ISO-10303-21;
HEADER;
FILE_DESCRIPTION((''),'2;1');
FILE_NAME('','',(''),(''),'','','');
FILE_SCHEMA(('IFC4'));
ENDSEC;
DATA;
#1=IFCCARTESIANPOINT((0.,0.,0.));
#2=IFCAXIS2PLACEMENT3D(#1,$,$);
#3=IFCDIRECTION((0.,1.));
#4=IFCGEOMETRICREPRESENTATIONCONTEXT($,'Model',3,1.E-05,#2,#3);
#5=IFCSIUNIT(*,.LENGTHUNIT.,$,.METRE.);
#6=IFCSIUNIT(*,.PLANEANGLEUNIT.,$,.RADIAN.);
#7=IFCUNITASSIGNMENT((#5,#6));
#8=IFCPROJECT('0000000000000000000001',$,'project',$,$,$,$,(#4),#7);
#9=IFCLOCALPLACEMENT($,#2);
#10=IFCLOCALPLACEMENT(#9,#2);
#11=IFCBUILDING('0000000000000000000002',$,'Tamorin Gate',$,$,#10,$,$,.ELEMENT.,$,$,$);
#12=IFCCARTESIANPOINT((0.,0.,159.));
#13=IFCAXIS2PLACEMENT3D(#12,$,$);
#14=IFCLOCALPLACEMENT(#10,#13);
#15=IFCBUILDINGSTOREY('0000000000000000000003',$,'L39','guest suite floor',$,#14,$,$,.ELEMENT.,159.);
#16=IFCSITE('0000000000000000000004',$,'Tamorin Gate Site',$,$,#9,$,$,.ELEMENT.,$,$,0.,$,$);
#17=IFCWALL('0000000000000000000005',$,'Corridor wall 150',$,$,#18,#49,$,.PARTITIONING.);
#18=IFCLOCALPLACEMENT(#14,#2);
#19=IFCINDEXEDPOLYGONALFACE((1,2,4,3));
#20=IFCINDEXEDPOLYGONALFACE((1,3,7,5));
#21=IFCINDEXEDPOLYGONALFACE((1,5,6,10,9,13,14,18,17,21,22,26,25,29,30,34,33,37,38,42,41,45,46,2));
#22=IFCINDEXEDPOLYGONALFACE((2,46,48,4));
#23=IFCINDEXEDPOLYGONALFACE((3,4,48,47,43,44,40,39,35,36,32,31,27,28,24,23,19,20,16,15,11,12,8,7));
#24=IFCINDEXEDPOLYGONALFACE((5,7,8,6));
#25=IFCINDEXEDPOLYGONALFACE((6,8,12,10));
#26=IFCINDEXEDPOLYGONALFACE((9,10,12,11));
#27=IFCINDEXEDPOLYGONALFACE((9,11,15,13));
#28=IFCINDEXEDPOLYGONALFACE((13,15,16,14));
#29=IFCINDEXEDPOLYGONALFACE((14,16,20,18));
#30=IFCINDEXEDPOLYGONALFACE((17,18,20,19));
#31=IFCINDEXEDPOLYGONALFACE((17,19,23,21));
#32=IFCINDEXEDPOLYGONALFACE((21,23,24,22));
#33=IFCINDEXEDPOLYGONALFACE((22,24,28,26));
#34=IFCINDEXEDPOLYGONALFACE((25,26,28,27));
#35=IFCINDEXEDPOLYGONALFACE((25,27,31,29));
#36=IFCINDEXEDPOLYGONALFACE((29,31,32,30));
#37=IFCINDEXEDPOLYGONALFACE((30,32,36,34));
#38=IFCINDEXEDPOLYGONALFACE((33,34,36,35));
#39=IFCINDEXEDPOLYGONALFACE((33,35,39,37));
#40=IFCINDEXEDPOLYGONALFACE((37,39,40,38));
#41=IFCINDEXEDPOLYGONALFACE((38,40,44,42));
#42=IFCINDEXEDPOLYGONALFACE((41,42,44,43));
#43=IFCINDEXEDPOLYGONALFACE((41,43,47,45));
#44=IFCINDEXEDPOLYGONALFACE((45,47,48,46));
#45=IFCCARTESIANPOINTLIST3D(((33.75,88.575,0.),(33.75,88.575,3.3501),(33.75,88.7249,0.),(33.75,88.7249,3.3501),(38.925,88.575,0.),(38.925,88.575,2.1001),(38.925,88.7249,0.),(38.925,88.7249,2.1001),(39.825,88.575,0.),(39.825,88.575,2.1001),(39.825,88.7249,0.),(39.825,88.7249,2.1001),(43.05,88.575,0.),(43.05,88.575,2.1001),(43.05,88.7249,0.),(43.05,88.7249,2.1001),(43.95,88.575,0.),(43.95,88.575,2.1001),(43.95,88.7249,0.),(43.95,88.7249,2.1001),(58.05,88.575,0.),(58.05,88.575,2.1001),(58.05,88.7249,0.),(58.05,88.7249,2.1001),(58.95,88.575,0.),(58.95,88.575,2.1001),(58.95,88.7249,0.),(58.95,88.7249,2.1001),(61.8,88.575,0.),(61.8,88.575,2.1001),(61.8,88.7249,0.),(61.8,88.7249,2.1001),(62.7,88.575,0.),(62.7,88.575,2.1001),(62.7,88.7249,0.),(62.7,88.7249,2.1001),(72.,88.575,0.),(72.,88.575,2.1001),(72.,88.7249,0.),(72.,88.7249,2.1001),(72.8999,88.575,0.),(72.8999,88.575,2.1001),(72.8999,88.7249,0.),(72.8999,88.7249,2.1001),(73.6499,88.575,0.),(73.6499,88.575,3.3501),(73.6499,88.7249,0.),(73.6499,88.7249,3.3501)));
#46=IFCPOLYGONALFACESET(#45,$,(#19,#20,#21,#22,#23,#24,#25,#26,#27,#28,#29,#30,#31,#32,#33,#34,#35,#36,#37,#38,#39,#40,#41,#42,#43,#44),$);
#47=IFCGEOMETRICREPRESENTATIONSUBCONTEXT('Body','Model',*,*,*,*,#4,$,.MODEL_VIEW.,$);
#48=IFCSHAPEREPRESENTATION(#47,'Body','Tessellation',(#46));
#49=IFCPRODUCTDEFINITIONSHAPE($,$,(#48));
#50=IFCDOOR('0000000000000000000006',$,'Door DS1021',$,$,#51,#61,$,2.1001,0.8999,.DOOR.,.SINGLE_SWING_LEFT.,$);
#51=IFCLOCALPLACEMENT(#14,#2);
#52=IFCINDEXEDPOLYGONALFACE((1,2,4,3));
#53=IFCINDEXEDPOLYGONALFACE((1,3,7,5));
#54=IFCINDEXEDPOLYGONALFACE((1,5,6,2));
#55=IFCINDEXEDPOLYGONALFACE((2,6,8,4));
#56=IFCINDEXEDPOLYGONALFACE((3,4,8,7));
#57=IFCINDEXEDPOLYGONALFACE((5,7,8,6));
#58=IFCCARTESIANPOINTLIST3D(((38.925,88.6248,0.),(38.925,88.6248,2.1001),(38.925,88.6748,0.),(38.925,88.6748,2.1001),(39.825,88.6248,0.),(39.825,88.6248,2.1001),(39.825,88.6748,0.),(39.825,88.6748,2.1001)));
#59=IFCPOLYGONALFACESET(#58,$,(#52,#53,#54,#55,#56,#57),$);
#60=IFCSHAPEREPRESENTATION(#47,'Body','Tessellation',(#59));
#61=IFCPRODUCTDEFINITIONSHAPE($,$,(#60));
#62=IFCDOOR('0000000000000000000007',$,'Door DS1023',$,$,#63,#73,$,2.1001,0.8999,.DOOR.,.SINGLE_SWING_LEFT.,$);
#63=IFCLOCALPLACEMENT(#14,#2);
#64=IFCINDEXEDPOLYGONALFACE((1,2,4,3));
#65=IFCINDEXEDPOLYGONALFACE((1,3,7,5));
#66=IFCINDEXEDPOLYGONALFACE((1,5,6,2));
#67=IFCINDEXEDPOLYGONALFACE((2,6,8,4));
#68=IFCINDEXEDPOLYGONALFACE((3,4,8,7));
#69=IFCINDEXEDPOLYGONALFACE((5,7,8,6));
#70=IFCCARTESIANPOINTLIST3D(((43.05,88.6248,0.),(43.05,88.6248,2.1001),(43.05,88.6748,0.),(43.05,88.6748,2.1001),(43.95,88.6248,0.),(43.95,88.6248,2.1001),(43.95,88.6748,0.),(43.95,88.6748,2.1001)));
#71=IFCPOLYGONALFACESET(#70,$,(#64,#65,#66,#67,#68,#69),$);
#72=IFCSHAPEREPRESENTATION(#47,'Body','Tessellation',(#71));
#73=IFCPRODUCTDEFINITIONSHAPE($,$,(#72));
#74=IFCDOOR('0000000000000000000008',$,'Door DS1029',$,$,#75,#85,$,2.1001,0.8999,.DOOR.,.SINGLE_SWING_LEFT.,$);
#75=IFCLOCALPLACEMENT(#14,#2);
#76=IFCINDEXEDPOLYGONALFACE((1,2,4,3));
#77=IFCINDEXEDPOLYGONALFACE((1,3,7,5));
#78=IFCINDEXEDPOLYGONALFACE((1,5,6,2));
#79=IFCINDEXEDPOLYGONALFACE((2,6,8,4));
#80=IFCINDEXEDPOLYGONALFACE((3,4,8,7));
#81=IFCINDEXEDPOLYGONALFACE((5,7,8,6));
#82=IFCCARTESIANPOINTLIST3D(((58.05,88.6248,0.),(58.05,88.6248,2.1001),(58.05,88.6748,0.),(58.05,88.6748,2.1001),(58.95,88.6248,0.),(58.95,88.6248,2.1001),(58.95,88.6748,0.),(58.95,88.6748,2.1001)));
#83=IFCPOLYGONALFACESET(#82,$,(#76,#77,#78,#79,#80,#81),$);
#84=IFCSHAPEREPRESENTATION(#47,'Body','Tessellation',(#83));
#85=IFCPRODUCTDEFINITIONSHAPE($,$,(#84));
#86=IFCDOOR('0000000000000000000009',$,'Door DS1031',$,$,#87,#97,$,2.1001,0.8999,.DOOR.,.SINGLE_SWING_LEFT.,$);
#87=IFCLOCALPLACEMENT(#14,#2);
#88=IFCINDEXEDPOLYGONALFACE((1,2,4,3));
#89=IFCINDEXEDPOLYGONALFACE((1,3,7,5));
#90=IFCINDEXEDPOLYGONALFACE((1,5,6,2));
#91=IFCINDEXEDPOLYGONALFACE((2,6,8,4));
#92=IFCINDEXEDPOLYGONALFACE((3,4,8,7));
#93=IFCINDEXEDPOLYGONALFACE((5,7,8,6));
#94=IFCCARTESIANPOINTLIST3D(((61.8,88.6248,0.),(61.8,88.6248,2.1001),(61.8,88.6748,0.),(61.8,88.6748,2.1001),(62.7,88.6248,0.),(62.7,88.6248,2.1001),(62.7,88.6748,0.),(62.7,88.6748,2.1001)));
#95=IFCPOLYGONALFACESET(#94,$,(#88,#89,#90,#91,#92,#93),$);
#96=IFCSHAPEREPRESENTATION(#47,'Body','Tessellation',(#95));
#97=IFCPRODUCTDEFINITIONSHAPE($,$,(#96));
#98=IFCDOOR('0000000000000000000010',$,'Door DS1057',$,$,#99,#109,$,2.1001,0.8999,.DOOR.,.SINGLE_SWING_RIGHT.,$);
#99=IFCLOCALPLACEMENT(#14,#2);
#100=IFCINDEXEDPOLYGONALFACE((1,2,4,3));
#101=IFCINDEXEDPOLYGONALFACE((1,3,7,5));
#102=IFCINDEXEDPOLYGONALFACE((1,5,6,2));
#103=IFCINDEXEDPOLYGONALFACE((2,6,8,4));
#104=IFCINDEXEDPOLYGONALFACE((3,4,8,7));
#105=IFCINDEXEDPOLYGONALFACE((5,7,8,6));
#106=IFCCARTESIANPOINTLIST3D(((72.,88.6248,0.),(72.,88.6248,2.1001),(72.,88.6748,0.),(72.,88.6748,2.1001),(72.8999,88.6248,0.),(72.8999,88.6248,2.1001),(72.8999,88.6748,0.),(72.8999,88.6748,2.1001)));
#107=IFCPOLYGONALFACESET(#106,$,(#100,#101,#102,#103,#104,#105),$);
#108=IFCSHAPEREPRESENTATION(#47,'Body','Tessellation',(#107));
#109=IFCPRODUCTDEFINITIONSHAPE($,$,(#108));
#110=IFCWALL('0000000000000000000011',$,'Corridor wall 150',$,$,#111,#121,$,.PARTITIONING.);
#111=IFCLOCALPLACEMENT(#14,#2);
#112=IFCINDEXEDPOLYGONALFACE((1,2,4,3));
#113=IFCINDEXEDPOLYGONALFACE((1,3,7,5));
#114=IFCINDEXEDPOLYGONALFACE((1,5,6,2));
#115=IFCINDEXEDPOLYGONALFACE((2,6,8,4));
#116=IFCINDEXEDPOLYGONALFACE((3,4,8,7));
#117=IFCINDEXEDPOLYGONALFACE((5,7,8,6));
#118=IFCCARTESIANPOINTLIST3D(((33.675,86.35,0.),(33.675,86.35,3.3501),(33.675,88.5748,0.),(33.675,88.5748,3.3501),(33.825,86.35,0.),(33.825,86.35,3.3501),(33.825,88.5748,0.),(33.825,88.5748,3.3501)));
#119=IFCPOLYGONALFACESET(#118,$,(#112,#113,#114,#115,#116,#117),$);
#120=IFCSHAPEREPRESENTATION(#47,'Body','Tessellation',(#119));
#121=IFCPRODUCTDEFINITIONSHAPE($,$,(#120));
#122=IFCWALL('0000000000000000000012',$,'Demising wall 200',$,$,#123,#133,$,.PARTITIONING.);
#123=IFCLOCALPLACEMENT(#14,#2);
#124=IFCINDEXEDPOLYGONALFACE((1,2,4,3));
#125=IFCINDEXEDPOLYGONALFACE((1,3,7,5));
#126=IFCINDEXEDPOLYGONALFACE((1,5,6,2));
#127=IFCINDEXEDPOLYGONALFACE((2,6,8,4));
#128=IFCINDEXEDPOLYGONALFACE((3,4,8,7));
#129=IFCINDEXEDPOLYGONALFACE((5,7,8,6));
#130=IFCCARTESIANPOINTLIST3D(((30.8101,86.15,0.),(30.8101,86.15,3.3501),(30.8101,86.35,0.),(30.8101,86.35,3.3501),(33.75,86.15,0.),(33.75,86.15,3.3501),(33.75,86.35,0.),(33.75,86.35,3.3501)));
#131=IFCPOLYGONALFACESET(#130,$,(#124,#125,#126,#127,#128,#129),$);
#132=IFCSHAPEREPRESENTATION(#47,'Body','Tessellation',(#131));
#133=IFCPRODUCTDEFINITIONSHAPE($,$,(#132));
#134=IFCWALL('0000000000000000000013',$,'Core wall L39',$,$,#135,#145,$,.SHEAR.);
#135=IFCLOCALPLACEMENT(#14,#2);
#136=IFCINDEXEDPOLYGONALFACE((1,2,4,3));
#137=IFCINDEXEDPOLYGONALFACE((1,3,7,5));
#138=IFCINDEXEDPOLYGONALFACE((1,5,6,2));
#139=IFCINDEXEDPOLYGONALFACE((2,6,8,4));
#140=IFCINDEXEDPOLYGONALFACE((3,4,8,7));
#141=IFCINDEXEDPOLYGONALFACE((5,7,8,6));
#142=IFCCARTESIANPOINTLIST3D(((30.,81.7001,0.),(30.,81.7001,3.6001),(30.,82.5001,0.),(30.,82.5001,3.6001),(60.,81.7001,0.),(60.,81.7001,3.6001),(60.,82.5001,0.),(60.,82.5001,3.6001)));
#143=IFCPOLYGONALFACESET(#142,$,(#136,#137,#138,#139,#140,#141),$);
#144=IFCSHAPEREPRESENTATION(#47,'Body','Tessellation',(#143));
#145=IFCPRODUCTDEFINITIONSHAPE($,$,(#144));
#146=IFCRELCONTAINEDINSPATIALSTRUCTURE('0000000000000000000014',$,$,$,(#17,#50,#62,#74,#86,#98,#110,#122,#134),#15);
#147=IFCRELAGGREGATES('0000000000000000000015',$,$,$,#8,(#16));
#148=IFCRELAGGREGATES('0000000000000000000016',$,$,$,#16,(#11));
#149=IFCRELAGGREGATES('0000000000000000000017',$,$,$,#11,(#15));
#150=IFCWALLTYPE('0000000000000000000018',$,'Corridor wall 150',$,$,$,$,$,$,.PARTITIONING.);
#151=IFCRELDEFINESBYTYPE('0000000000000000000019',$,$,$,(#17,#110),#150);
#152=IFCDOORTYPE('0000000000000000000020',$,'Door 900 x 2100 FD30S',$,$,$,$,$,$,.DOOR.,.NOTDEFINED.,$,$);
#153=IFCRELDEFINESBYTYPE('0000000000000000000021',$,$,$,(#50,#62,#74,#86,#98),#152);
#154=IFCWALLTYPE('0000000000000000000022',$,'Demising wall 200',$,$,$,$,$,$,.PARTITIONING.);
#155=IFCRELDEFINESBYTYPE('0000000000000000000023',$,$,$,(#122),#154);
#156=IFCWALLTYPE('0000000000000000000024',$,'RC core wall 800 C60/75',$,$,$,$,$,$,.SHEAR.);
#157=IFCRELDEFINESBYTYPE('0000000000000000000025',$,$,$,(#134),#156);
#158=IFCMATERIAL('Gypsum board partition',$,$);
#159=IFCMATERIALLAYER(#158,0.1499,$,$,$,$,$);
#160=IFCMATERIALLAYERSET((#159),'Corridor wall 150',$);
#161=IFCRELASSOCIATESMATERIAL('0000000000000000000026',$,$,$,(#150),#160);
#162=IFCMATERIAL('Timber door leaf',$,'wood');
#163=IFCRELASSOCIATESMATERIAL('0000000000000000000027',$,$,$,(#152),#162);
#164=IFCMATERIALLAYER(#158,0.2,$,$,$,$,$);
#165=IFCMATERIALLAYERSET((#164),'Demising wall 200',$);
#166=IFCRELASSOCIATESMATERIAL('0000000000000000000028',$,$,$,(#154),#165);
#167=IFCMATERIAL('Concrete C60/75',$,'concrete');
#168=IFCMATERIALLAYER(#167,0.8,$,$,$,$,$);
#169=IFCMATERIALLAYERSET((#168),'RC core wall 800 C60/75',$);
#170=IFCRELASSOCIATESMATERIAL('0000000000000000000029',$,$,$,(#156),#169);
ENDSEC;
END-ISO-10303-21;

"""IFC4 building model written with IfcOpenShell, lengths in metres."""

from ifc_helpers import new_model, si_unit, direction, frame, frame_2d, origin, place, context, subcontext, project, spatial, rectangle, extrude, material, layer, layer_set, type_object, element, fill, save


model = new_model("IFC4")

# Units and contexts
model_context = context("Model", 3, precision=1e-05, world=origin(), true_north=direction((0.0, 1.0)))
body_context = subcontext(model_context, "Body", "Model", "MODEL_VIEW")
ifc_project = project(units=[si_unit("LENGTHUNIT", "METRE"), si_unit("PLANEANGLEUNIT", "RADIAN")], contexts=[model_context])

# Site, building, storey
site_placement = place(None, origin())
site = spatial("IfcSite", under=ifc_project, at=site_placement, Name="Tamorin Gate Site", CompositionType="ELEMENT", RefElevation=0.0)
building_placement = place(site_placement, origin())
building = spatial("IfcBuilding", under=site, at=building_placement, Name="Tamorin Gate", CompositionType="ELEMENT")
storey_placement = place(building_placement, frame((0.0, 0.0, 159.0)))
storey = spatial("IfcBuildingStorey", under=building, at=storey_placement, Name="L39", Description="guest suite floor", CompositionType="ELEMENT", Elevation=159.0)

# Wall, openings, doors
ifc_material_1 = material(Name="Gypsum board partition")
ifc_layer_1 = layer(ifc_material_1, 0.1499)
ifc_layer_set_1 = layer_set([ifc_layer_1], Name="Corridor wall 150")
wall_type_1 = type_object("IfcWallType", Name="Corridor wall 150", PredefinedType="PARTITIONING", material=ifc_layer_set_1)
ifc_material_2 = material(Name="Timber door leaf", Category="wood")
door_type_1 = type_object("IfcDoorType", Name="Door 900 x 2100 FD30S", OperationType="NOTDEFINED", PredefinedType="DOOR", material=ifc_material_2)
wall_1_placement = place(storey_placement, frame((33.75, 88.6499, 0.0), z_axis=(0.0, 0.0, 1.0), x_axis=(1.0, 0.0, 0.0)))
wall_1 = element("IfcWall", 1, at=wall_1_placement, inside=storey, type_object=wall_type_1, Name="Corridor wall 150", PredefinedType="PARTITIONING", context=body_context, shape_type="SweptSolid", body=[
    extrude(rectangle(XDim=39.8999, YDim=0.1499, at=frame_2d((19.95, 0.0))), origin(), (0.0, 0.0, 1.0), 3.3501),
])
opening_1_placement = place(wall_1_placement, frame((5.175, 0.0, 0.0)))
opening_1 = element("IfcOpeningElement", 2, at=opening_1_placement, cuts=wall_1, PredefinedType="OPENING", context=body_context, shape_type="SweptSolid", body=[
    extrude(rectangle(XDim=0.8999, YDim=2.1001, at=frame_2d((0.45, 1.05))), frame((0.0, 0.085, 0.0), z_axis=(0.0, -1.0, 0.0), x_axis=(1.0, 0.0, 0.0)), (0.0, 0.0, 1.0), 0.1699),
])
opening_2_placement = place(wall_1_placement, frame((9.3, 0.0, 0.0)))
opening_2 = element("IfcOpeningElement", 3, at=opening_2_placement, cuts=wall_1, PredefinedType="OPENING", context=body_context, shape_type="SweptSolid", body=[
    extrude(rectangle(XDim=0.8999, YDim=2.1001, at=frame_2d((0.45, 1.05))), frame((0.0, 0.085, 0.0), z_axis=(0.0, -1.0, 0.0), x_axis=(1.0, 0.0, 0.0)), (0.0, 0.0, 1.0), 0.1699),
])
opening_3_placement = place(wall_1_placement, frame((24.3, 0.0, 0.0)))
opening_3 = element("IfcOpeningElement", 4, at=opening_3_placement, cuts=wall_1, PredefinedType="OPENING", context=body_context, shape_type="SweptSolid", body=[
    extrude(rectangle(XDim=0.8999, YDim=2.1001, at=frame_2d((0.45, 1.05))), frame((0.0, 0.085, 0.0), z_axis=(0.0, -1.0, 0.0), x_axis=(1.0, 0.0, 0.0)), (0.0, 0.0, 1.0), 0.1699),
])
opening_4_placement = place(wall_1_placement, frame((28.05, 0.0, 0.0)))
opening_4 = element("IfcOpeningElement", 5, at=opening_4_placement, cuts=wall_1, PredefinedType="OPENING", context=body_context, shape_type="SweptSolid", body=[
    extrude(rectangle(XDim=0.8999, YDim=2.1001, at=frame_2d((0.45, 1.05))), frame((0.0, 0.085, 0.0), z_axis=(0.0, -1.0, 0.0), x_axis=(1.0, 0.0, 0.0)), (0.0, 0.0, 1.0), 0.1699),
])
opening_5_placement = place(wall_1_placement, frame((38.25, 0.0, 0.0)))
opening_5 = element("IfcOpeningElement", 6, at=opening_5_placement, cuts=wall_1, PredefinedType="OPENING", context=body_context, shape_type="SweptSolid", body=[
    extrude(rectangle(XDim=0.8999, YDim=2.1001, at=frame_2d((0.45, 1.05))), frame((0.0, 0.085, 0.0), z_axis=(0.0, -1.0, 0.0), x_axis=(1.0, 0.0, 0.0)), (0.0, 0.0, 1.0), 0.1699),
])
door_1_placement = place(opening_1_placement, origin())
door_1 = element("IfcDoor", 7, at=door_1_placement, inside=storey, type_object=door_type_1, Name="Door DS1021", OperationType="SINGLE_SWING_LEFT", OverallHeight=2.1001, OverallWidth=0.8999, PredefinedType="DOOR", context=body_context, shape_type="SweptSolid", body=[
    extrude(rectangle(XDim=0.8999, YDim=2.1001, at=frame_2d((0.45, 1.05))), frame((0.0, 0.0249, 0.0), z_axis=(0.0, -1.0, 0.0), x_axis=(1.0, 0.0, 0.0)), (0.0, 0.0, 1.0), 0.05),
])
fill(opening_1, door_1)
door_2_placement = place(opening_2_placement, origin())
door_2 = element("IfcDoor", 8, at=door_2_placement, inside=storey, type_object=door_type_1, Name="Door DS1023", OperationType="SINGLE_SWING_LEFT", OverallHeight=2.1001, OverallWidth=0.8999, PredefinedType="DOOR", context=body_context, shape_type="SweptSolid", body=[
    extrude(rectangle(XDim=0.8999, YDim=2.1001, at=frame_2d((0.45, 1.05))), frame((0.0, 0.0249, 0.0), z_axis=(0.0, -1.0, 0.0), x_axis=(1.0, 0.0, 0.0)), (0.0, 0.0, 1.0), 0.05),
])
fill(opening_2, door_2)
door_3_placement = place(opening_3_placement, origin())
door_3 = element("IfcDoor", 9, at=door_3_placement, inside=storey, type_object=door_type_1, Name="Door DS1029", OperationType="SINGLE_SWING_LEFT", OverallHeight=2.1001, OverallWidth=0.8999, PredefinedType="DOOR", context=body_context, shape_type="SweptSolid", body=[
    extrude(rectangle(XDim=0.8999, YDim=2.1001, at=frame_2d((0.45, 1.05))), frame((0.0, 0.0249, 0.0), z_axis=(0.0, -1.0, 0.0), x_axis=(1.0, 0.0, 0.0)), (0.0, 0.0, 1.0), 0.05),
])
fill(opening_3, door_3)
door_4_placement = place(opening_4_placement, origin())
door_4 = element("IfcDoor", 10, at=door_4_placement, inside=storey, type_object=door_type_1, Name="Door DS1031", OperationType="SINGLE_SWING_LEFT", OverallHeight=2.1001, OverallWidth=0.8999, PredefinedType="DOOR", context=body_context, shape_type="SweptSolid", body=[
    extrude(rectangle(XDim=0.8999, YDim=2.1001, at=frame_2d((0.45, 1.05))), frame((0.0, 0.0249, 0.0), z_axis=(0.0, -1.0, 0.0), x_axis=(1.0, 0.0, 0.0)), (0.0, 0.0, 1.0), 0.05),
])
fill(opening_4, door_4)
door_5_placement = place(opening_5_placement, origin())
door_5 = element("IfcDoor", 11, at=door_5_placement, inside=storey, type_object=door_type_1, Name="Door DS1057", OperationType="SINGLE_SWING_RIGHT", OverallHeight=2.1001, OverallWidth=0.8999, PredefinedType="DOOR", context=body_context, shape_type="SweptSolid", body=[
    extrude(rectangle(XDim=0.8999, YDim=2.1001, at=frame_2d((0.45, 1.05))), frame((0.0, 0.0249, 0.0), z_axis=(0.0, -1.0, 0.0), x_axis=(1.0, 0.0, 0.0)), (0.0, 0.0, 1.0), 0.05),
])
fill(opening_5, door_5)

# Walls
wall_2_placement = place(storey_placement, frame((33.75, 86.3501, 0.0), z_axis=(0.0, 0.0, 1.0), x_axis=(0.0, 1.0, 0.0)))
element("IfcWall", 12, at=wall_2_placement, inside=storey, type_object=wall_type_1, Name="Corridor wall 150", PredefinedType="PARTITIONING", context=body_context, shape_type="SweptSolid", body=[
    extrude(rectangle(XDim=2.2249, YDim=0.1499, at=frame_2d((1.1123, 0.0))), origin(), (0.0, 0.0, 1.0), 3.3501),
])
ifc_layer_2 = layer(ifc_material_1, 0.2)
ifc_layer_set_2 = layer_set([ifc_layer_2], Name="Demising wall 200")
wall_type_2 = type_object("IfcWallType", Name="Demising wall 200", PredefinedType="PARTITIONING", material=ifc_layer_set_2)
wall_3_placement = place(storey_placement, frame((30.8101, 86.25, 0.0), z_axis=(0.0, 0.0, 1.0), x_axis=(1.0, 0.0, 0.0)))
element("IfcWall", 13, at=wall_3_placement, inside=storey, type_object=wall_type_2, Name="Demising wall 200", PredefinedType="PARTITIONING", context=body_context, shape_type="SweptSolid", body=[
    extrude(rectangle(XDim=2.9399, YDim=0.2, at=frame_2d((1.47, 0.0))), origin(), (0.0, 0.0, 1.0), 3.3501),
])
ifc_material_3 = material(Name="Concrete C60/75", Category="concrete")
ifc_layer_3 = layer(ifc_material_3, 0.8)
ifc_layer_set_3 = layer_set([ifc_layer_3], Name="RC core wall 800 C60/75")
wall_type_3 = type_object("IfcWallType", Name="RC core wall 800 C60/75", PredefinedType="SHEAR", material=ifc_layer_set_3)
wall_4_placement = place(storey_placement, frame((30.0, 82.1001, 0.0), z_axis=(0.0, 0.0, 1.0), x_axis=(1.0, 0.0, 0.0)))
element("IfcWall", 14, at=wall_4_placement, inside=storey, type_object=wall_type_3, Name="Core wall L39", PredefinedType="SHEAR", context=body_context, shape_type="SweptSolid", body=[
    extrude(rectangle(XDim=30.0, YDim=0.8, at=frame_2d((15.0, 0.0))), origin(), (0.0, 0.0, 1.0), 3.6001),
])

save(model, "model.ifc")
